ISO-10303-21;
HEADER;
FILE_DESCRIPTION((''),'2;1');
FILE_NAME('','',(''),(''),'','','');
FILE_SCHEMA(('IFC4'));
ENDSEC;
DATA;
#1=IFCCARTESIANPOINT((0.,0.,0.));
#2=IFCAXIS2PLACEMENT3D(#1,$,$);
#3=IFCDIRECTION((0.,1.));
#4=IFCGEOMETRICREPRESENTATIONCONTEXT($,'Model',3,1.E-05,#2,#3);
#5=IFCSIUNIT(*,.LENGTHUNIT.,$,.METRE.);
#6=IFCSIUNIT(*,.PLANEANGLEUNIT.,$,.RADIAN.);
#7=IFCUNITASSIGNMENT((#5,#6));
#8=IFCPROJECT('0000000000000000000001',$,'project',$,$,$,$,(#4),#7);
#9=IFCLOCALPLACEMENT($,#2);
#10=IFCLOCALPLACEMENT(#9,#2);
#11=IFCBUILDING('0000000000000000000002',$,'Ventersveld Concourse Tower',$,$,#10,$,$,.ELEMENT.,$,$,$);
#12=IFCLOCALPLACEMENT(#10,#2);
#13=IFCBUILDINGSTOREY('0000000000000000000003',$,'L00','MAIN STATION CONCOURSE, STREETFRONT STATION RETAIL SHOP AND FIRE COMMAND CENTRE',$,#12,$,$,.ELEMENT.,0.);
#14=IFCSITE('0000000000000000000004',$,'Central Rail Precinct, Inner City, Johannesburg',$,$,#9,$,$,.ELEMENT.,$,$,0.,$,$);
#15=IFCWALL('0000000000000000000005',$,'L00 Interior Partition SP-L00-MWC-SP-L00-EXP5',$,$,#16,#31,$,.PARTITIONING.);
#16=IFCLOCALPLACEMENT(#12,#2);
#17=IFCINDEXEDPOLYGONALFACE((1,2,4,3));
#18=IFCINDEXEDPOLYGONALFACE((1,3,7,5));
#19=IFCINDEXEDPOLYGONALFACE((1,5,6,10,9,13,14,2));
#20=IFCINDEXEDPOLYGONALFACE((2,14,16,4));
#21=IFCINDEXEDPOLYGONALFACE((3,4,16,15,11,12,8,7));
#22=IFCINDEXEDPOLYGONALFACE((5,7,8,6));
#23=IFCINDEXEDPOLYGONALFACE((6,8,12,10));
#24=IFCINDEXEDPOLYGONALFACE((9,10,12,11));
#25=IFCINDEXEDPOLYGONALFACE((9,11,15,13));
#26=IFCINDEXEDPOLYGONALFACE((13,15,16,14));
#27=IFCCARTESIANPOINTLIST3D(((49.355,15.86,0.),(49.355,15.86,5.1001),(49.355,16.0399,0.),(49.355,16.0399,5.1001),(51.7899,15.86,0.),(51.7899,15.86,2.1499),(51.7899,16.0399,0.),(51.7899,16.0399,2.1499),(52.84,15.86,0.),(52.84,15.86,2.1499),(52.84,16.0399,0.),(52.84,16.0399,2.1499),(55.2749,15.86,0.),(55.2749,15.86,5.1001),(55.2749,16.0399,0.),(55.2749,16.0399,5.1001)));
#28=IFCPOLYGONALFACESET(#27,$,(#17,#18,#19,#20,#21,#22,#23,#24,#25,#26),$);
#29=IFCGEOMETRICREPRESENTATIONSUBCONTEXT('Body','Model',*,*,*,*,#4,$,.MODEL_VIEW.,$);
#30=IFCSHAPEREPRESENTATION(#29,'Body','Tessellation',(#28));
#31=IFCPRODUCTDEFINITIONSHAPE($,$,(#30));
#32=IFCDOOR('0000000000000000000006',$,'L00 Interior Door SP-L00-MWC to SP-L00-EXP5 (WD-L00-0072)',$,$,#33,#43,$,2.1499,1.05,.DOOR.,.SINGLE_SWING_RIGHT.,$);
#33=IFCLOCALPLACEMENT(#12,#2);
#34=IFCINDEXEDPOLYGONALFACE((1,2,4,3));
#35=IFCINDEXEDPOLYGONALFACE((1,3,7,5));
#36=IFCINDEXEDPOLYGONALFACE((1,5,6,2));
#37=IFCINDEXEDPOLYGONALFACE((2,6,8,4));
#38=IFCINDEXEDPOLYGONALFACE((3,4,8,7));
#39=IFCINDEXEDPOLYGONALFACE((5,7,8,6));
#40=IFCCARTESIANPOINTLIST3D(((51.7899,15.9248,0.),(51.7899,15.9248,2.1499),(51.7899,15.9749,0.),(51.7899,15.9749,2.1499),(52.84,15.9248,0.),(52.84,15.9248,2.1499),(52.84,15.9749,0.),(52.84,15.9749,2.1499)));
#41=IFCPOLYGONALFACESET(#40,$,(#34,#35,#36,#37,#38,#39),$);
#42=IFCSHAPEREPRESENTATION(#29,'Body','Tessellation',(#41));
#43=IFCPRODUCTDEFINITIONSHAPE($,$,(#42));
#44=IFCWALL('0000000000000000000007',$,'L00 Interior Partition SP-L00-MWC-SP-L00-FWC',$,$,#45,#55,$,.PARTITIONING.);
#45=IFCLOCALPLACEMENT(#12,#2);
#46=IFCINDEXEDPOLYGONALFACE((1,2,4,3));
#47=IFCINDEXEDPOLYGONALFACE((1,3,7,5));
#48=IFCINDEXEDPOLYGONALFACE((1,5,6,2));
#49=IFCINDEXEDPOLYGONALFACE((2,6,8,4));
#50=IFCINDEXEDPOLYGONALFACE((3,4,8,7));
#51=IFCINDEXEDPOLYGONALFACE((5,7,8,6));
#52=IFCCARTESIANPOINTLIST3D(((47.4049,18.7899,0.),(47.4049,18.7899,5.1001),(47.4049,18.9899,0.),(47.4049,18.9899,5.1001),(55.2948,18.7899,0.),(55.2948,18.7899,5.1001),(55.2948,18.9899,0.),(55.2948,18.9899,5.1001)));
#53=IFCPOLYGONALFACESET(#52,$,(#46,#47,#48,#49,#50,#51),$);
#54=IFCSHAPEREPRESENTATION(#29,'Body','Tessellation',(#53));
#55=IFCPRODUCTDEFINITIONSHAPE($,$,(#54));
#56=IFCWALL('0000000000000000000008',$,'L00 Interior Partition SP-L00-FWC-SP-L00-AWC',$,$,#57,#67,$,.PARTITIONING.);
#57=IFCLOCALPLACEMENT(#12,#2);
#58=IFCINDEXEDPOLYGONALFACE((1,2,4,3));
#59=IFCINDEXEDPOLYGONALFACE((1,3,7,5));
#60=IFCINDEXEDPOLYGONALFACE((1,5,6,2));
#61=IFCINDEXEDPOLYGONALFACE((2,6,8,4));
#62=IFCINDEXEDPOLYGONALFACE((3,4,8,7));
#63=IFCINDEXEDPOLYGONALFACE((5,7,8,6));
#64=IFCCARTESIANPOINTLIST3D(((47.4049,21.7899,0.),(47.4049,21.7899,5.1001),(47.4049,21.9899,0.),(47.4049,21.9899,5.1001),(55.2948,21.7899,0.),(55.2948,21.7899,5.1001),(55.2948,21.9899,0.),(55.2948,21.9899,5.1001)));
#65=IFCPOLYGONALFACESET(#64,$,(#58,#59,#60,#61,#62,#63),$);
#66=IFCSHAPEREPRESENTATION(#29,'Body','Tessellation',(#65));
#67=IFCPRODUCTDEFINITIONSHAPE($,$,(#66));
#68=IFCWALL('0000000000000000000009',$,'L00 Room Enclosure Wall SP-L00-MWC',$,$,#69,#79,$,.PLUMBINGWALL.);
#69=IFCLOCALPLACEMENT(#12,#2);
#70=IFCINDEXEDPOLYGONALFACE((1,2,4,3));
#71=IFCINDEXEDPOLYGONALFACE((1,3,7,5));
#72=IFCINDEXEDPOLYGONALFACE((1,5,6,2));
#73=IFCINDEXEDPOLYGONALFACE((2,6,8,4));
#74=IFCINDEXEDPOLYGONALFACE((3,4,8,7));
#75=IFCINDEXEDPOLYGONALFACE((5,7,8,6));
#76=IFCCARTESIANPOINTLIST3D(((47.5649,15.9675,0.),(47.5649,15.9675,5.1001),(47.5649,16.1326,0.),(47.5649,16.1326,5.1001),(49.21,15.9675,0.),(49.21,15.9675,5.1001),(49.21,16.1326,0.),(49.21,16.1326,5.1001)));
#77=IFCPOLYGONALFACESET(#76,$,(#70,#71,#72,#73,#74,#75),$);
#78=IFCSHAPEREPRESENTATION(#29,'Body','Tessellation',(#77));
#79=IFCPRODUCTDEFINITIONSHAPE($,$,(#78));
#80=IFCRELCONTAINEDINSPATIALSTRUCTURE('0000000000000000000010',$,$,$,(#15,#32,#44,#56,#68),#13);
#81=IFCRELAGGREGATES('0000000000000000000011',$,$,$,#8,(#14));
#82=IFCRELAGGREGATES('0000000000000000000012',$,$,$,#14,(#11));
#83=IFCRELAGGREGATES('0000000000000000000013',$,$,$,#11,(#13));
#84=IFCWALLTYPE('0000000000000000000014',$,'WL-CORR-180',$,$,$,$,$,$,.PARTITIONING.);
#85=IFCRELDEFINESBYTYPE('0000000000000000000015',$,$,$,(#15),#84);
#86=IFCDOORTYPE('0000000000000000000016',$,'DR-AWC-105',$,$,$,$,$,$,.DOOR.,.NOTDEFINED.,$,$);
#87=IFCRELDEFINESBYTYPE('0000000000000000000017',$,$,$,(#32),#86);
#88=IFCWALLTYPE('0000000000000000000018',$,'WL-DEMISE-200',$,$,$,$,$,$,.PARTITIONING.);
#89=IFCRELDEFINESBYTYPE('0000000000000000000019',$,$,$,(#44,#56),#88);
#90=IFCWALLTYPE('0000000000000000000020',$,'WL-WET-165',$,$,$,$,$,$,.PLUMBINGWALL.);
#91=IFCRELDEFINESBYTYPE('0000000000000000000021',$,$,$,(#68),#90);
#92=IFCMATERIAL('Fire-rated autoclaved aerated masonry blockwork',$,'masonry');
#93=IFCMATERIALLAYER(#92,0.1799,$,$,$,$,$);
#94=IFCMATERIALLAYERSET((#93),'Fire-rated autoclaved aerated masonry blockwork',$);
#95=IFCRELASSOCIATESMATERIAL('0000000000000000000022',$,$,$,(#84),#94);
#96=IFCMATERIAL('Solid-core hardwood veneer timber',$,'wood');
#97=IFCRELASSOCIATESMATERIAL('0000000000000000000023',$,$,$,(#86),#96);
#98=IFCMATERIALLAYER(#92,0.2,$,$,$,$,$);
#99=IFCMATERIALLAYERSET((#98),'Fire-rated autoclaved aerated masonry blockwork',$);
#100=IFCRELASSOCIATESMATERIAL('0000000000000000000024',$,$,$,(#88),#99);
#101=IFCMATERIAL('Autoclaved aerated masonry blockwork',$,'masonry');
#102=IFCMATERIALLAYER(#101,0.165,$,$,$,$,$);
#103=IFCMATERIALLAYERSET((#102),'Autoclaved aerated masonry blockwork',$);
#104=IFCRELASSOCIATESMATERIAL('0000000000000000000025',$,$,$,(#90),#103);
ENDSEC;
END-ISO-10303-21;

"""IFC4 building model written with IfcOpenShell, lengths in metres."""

from ifc_helpers import new_model, si_unit, direction, frame, frame_2d, origin, place, context, subcontext, project, spatial, rectangle, extrude, material, layer, layer_set, type_object, element, fill, save


model = new_model("IFC4")

# Units and contexts
model_context = context("Model", 3, precision=1e-05, world=origin(), true_north=direction((0.0, 1.0)))
body_context = subcontext(model_context, "Body", "Model", "MODEL_VIEW")
ifc_project = project(units=[si_unit("LENGTHUNIT", "METRE"), si_unit("PLANEANGLEUNIT", "RADIAN")], contexts=[model_context])

# Site, building, storey
site_placement = place(None, origin())
site = spatial("IfcSite", under=ifc_project, at=site_placement, Name="Central Rail Precinct, Inner City, Johannesburg", CompositionType="ELEMENT", RefElevation=0.0)
building_placement = place(site_placement, origin())
building = spatial("IfcBuilding", under=site, at=building_placement, Name="Ventersveld Concourse Tower", CompositionType="ELEMENT")
storey_placement = place(building_placement, origin())
storey = spatial("IfcBuildingStorey", under=building, at=storey_placement, Name="L00", Description="MAIN STATION CONCOURSE, STREETFRONT STATION RETAIL SHOP AND FIRE COMMAND CENTRE", CompositionType="ELEMENT", Elevation=0.0)

# Wall, opening, door
ifc_material_1 = material(Name="Fire-rated autoclaved aerated masonry blockwork", Category="masonry")
ifc_layer_1 = layer(ifc_material_1, 0.1799)
ifc_layer_set_1 = layer_set([ifc_layer_1], Name="Fire-rated autoclaved aerated masonry blockwork")
wall_type_1 = type_object("IfcWallType", Name="WL-CORR-180", PredefinedType="PARTITIONING", material=ifc_layer_set_1)
ifc_material_2 = material(Name="Solid-core hardwood veneer timber", Category="wood")
door_type_1 = type_object("IfcDoorType", Name="DR-AWC-105", OperationType="NOTDEFINED", PredefinedType="DOOR", material=ifc_material_2)
wall_1_placement = place(storey_placement, frame((49.355, 15.95, 0.0), z_axis=(0.0, 0.0, 1.0), x_axis=(1.0, 0.0, 0.0)))
wall_1 = element("IfcWall", 1, at=wall_1_placement, inside=storey, type_object=wall_type_1, Name="L00 Interior Partition SP-L00-MWC-SP-L00-EXP5", PredefinedType="PARTITIONING", context=body_context, shape_type="SweptSolid", body=[
    extrude(rectangle(XDim=5.9199, YDim=0.1799, at=frame_2d((2.96, 0.0))), origin(), (0.0, 0.0, 1.0), 5.1001),
])
opening_1_placement = place(wall_1_placement, frame((2.4351, 0.0, 0.0)))
opening_1 = element("IfcOpeningElement", 2, at=opening_1_placement, cuts=wall_1, PredefinedType="OPENING", context=body_context, shape_type="SweptSolid", body=[
    extrude(rectangle(XDim=1.05, YDim=2.1499, at=frame_2d((0.5249, 1.075))), frame((0.0, 0.1001, 0.0), z_axis=(0.0, -1.0, 0.0), x_axis=(1.0, 0.0, 0.0)), (0.0, 0.0, 1.0), 0.2),
])
door_1_placement = place(opening_1_placement, origin())
door_1 = element("IfcDoor", 3, at=door_1_placement, inside=storey, type_object=door_type_1, Name="L00 Interior Door SP-L00-MWC to SP-L00-EXP5 (WD-L00-0072)", OperationType="SINGLE_SWING_RIGHT", OverallHeight=2.1499, OverallWidth=1.05, PredefinedType="DOOR", context=body_context, shape_type="SweptSolid", body=[
    extrude(rectangle(XDim=1.05, YDim=2.1499, at=frame_2d((0.5249, 1.075))), frame((0.0, 0.0249, 0.0), z_axis=(0.0, -1.0, 0.0), x_axis=(1.0, 0.0, 0.0)), (0.0, 0.0, 1.0), 0.05),
])
fill(opening_1, door_1)

# Walls
ifc_layer_2 = layer(ifc_material_1, 0.2)
ifc_layer_set_2 = layer_set([ifc_layer_2], Name="Fire-rated autoclaved aerated masonry blockwork")
wall_type_2 = type_object("IfcWallType", Name="WL-DEMISE-200", PredefinedType="PARTITIONING", material=ifc_layer_set_2)
for number, where, z_axis, x_axis, name in (
    (4, (47.405, 18.8899, 0.0), (0.0, 0.0, 1.0), (1.0, 0.0, 0.0), "L00 Interior Partition SP-L00-MWC-SP-L00-FWC"),
    (5, (47.405, 21.8899, 0.0), (0.0, 0.0, 1.0), (1.0, 0.0, 0.0), "L00 Interior Partition SP-L00-FWC-SP-L00-AWC"),
):
    element("IfcWall", number, at=place(storey_placement, frame(where, z_axis=z_axis, x_axis=x_axis)), inside=storey, type_object=wall_type_2, Name=name, PredefinedType="PARTITIONING", context=body_context, shape_type="SweptSolid", body=[
        extrude(rectangle(XDim=7.8899, YDim=0.2, at=frame_2d((3.9448, 0.0))), origin(), (0.0, 0.0, 1.0), 5.1001),
    ])
ifc_material_3 = material(Name="Autoclaved aerated masonry blockwork", Category="masonry")
ifc_layer_3 = layer(ifc_material_3, 0.165)
ifc_layer_set_3 = layer_set([ifc_layer_3], Name="Autoclaved aerated masonry blockwork")
wall_type_3 = type_object("IfcWallType", Name="WL-WET-165", PredefinedType="PLUMBINGWALL", material=ifc_layer_set_3)
wall_2_placement = place(storey_placement, frame((47.5649, 16.05, 0.0), z_axis=(0.0, 0.0, 1.0), x_axis=(1.0, 0.0, 0.0)))
element("IfcWall", 6, at=wall_2_placement, inside=storey, type_object=wall_type_3, Name="L00 Room Enclosure Wall SP-L00-MWC", PredefinedType="PLUMBINGWALL", context=body_context, shape_type="SweptSolid", body=[
    extrude(rectangle(XDim=1.645, YDim=0.165, at=frame_2d((0.8225, 0.0))), origin(), (0.0, 0.0, 1.0), 5.1001),
])

save(model, "model.ifc")
